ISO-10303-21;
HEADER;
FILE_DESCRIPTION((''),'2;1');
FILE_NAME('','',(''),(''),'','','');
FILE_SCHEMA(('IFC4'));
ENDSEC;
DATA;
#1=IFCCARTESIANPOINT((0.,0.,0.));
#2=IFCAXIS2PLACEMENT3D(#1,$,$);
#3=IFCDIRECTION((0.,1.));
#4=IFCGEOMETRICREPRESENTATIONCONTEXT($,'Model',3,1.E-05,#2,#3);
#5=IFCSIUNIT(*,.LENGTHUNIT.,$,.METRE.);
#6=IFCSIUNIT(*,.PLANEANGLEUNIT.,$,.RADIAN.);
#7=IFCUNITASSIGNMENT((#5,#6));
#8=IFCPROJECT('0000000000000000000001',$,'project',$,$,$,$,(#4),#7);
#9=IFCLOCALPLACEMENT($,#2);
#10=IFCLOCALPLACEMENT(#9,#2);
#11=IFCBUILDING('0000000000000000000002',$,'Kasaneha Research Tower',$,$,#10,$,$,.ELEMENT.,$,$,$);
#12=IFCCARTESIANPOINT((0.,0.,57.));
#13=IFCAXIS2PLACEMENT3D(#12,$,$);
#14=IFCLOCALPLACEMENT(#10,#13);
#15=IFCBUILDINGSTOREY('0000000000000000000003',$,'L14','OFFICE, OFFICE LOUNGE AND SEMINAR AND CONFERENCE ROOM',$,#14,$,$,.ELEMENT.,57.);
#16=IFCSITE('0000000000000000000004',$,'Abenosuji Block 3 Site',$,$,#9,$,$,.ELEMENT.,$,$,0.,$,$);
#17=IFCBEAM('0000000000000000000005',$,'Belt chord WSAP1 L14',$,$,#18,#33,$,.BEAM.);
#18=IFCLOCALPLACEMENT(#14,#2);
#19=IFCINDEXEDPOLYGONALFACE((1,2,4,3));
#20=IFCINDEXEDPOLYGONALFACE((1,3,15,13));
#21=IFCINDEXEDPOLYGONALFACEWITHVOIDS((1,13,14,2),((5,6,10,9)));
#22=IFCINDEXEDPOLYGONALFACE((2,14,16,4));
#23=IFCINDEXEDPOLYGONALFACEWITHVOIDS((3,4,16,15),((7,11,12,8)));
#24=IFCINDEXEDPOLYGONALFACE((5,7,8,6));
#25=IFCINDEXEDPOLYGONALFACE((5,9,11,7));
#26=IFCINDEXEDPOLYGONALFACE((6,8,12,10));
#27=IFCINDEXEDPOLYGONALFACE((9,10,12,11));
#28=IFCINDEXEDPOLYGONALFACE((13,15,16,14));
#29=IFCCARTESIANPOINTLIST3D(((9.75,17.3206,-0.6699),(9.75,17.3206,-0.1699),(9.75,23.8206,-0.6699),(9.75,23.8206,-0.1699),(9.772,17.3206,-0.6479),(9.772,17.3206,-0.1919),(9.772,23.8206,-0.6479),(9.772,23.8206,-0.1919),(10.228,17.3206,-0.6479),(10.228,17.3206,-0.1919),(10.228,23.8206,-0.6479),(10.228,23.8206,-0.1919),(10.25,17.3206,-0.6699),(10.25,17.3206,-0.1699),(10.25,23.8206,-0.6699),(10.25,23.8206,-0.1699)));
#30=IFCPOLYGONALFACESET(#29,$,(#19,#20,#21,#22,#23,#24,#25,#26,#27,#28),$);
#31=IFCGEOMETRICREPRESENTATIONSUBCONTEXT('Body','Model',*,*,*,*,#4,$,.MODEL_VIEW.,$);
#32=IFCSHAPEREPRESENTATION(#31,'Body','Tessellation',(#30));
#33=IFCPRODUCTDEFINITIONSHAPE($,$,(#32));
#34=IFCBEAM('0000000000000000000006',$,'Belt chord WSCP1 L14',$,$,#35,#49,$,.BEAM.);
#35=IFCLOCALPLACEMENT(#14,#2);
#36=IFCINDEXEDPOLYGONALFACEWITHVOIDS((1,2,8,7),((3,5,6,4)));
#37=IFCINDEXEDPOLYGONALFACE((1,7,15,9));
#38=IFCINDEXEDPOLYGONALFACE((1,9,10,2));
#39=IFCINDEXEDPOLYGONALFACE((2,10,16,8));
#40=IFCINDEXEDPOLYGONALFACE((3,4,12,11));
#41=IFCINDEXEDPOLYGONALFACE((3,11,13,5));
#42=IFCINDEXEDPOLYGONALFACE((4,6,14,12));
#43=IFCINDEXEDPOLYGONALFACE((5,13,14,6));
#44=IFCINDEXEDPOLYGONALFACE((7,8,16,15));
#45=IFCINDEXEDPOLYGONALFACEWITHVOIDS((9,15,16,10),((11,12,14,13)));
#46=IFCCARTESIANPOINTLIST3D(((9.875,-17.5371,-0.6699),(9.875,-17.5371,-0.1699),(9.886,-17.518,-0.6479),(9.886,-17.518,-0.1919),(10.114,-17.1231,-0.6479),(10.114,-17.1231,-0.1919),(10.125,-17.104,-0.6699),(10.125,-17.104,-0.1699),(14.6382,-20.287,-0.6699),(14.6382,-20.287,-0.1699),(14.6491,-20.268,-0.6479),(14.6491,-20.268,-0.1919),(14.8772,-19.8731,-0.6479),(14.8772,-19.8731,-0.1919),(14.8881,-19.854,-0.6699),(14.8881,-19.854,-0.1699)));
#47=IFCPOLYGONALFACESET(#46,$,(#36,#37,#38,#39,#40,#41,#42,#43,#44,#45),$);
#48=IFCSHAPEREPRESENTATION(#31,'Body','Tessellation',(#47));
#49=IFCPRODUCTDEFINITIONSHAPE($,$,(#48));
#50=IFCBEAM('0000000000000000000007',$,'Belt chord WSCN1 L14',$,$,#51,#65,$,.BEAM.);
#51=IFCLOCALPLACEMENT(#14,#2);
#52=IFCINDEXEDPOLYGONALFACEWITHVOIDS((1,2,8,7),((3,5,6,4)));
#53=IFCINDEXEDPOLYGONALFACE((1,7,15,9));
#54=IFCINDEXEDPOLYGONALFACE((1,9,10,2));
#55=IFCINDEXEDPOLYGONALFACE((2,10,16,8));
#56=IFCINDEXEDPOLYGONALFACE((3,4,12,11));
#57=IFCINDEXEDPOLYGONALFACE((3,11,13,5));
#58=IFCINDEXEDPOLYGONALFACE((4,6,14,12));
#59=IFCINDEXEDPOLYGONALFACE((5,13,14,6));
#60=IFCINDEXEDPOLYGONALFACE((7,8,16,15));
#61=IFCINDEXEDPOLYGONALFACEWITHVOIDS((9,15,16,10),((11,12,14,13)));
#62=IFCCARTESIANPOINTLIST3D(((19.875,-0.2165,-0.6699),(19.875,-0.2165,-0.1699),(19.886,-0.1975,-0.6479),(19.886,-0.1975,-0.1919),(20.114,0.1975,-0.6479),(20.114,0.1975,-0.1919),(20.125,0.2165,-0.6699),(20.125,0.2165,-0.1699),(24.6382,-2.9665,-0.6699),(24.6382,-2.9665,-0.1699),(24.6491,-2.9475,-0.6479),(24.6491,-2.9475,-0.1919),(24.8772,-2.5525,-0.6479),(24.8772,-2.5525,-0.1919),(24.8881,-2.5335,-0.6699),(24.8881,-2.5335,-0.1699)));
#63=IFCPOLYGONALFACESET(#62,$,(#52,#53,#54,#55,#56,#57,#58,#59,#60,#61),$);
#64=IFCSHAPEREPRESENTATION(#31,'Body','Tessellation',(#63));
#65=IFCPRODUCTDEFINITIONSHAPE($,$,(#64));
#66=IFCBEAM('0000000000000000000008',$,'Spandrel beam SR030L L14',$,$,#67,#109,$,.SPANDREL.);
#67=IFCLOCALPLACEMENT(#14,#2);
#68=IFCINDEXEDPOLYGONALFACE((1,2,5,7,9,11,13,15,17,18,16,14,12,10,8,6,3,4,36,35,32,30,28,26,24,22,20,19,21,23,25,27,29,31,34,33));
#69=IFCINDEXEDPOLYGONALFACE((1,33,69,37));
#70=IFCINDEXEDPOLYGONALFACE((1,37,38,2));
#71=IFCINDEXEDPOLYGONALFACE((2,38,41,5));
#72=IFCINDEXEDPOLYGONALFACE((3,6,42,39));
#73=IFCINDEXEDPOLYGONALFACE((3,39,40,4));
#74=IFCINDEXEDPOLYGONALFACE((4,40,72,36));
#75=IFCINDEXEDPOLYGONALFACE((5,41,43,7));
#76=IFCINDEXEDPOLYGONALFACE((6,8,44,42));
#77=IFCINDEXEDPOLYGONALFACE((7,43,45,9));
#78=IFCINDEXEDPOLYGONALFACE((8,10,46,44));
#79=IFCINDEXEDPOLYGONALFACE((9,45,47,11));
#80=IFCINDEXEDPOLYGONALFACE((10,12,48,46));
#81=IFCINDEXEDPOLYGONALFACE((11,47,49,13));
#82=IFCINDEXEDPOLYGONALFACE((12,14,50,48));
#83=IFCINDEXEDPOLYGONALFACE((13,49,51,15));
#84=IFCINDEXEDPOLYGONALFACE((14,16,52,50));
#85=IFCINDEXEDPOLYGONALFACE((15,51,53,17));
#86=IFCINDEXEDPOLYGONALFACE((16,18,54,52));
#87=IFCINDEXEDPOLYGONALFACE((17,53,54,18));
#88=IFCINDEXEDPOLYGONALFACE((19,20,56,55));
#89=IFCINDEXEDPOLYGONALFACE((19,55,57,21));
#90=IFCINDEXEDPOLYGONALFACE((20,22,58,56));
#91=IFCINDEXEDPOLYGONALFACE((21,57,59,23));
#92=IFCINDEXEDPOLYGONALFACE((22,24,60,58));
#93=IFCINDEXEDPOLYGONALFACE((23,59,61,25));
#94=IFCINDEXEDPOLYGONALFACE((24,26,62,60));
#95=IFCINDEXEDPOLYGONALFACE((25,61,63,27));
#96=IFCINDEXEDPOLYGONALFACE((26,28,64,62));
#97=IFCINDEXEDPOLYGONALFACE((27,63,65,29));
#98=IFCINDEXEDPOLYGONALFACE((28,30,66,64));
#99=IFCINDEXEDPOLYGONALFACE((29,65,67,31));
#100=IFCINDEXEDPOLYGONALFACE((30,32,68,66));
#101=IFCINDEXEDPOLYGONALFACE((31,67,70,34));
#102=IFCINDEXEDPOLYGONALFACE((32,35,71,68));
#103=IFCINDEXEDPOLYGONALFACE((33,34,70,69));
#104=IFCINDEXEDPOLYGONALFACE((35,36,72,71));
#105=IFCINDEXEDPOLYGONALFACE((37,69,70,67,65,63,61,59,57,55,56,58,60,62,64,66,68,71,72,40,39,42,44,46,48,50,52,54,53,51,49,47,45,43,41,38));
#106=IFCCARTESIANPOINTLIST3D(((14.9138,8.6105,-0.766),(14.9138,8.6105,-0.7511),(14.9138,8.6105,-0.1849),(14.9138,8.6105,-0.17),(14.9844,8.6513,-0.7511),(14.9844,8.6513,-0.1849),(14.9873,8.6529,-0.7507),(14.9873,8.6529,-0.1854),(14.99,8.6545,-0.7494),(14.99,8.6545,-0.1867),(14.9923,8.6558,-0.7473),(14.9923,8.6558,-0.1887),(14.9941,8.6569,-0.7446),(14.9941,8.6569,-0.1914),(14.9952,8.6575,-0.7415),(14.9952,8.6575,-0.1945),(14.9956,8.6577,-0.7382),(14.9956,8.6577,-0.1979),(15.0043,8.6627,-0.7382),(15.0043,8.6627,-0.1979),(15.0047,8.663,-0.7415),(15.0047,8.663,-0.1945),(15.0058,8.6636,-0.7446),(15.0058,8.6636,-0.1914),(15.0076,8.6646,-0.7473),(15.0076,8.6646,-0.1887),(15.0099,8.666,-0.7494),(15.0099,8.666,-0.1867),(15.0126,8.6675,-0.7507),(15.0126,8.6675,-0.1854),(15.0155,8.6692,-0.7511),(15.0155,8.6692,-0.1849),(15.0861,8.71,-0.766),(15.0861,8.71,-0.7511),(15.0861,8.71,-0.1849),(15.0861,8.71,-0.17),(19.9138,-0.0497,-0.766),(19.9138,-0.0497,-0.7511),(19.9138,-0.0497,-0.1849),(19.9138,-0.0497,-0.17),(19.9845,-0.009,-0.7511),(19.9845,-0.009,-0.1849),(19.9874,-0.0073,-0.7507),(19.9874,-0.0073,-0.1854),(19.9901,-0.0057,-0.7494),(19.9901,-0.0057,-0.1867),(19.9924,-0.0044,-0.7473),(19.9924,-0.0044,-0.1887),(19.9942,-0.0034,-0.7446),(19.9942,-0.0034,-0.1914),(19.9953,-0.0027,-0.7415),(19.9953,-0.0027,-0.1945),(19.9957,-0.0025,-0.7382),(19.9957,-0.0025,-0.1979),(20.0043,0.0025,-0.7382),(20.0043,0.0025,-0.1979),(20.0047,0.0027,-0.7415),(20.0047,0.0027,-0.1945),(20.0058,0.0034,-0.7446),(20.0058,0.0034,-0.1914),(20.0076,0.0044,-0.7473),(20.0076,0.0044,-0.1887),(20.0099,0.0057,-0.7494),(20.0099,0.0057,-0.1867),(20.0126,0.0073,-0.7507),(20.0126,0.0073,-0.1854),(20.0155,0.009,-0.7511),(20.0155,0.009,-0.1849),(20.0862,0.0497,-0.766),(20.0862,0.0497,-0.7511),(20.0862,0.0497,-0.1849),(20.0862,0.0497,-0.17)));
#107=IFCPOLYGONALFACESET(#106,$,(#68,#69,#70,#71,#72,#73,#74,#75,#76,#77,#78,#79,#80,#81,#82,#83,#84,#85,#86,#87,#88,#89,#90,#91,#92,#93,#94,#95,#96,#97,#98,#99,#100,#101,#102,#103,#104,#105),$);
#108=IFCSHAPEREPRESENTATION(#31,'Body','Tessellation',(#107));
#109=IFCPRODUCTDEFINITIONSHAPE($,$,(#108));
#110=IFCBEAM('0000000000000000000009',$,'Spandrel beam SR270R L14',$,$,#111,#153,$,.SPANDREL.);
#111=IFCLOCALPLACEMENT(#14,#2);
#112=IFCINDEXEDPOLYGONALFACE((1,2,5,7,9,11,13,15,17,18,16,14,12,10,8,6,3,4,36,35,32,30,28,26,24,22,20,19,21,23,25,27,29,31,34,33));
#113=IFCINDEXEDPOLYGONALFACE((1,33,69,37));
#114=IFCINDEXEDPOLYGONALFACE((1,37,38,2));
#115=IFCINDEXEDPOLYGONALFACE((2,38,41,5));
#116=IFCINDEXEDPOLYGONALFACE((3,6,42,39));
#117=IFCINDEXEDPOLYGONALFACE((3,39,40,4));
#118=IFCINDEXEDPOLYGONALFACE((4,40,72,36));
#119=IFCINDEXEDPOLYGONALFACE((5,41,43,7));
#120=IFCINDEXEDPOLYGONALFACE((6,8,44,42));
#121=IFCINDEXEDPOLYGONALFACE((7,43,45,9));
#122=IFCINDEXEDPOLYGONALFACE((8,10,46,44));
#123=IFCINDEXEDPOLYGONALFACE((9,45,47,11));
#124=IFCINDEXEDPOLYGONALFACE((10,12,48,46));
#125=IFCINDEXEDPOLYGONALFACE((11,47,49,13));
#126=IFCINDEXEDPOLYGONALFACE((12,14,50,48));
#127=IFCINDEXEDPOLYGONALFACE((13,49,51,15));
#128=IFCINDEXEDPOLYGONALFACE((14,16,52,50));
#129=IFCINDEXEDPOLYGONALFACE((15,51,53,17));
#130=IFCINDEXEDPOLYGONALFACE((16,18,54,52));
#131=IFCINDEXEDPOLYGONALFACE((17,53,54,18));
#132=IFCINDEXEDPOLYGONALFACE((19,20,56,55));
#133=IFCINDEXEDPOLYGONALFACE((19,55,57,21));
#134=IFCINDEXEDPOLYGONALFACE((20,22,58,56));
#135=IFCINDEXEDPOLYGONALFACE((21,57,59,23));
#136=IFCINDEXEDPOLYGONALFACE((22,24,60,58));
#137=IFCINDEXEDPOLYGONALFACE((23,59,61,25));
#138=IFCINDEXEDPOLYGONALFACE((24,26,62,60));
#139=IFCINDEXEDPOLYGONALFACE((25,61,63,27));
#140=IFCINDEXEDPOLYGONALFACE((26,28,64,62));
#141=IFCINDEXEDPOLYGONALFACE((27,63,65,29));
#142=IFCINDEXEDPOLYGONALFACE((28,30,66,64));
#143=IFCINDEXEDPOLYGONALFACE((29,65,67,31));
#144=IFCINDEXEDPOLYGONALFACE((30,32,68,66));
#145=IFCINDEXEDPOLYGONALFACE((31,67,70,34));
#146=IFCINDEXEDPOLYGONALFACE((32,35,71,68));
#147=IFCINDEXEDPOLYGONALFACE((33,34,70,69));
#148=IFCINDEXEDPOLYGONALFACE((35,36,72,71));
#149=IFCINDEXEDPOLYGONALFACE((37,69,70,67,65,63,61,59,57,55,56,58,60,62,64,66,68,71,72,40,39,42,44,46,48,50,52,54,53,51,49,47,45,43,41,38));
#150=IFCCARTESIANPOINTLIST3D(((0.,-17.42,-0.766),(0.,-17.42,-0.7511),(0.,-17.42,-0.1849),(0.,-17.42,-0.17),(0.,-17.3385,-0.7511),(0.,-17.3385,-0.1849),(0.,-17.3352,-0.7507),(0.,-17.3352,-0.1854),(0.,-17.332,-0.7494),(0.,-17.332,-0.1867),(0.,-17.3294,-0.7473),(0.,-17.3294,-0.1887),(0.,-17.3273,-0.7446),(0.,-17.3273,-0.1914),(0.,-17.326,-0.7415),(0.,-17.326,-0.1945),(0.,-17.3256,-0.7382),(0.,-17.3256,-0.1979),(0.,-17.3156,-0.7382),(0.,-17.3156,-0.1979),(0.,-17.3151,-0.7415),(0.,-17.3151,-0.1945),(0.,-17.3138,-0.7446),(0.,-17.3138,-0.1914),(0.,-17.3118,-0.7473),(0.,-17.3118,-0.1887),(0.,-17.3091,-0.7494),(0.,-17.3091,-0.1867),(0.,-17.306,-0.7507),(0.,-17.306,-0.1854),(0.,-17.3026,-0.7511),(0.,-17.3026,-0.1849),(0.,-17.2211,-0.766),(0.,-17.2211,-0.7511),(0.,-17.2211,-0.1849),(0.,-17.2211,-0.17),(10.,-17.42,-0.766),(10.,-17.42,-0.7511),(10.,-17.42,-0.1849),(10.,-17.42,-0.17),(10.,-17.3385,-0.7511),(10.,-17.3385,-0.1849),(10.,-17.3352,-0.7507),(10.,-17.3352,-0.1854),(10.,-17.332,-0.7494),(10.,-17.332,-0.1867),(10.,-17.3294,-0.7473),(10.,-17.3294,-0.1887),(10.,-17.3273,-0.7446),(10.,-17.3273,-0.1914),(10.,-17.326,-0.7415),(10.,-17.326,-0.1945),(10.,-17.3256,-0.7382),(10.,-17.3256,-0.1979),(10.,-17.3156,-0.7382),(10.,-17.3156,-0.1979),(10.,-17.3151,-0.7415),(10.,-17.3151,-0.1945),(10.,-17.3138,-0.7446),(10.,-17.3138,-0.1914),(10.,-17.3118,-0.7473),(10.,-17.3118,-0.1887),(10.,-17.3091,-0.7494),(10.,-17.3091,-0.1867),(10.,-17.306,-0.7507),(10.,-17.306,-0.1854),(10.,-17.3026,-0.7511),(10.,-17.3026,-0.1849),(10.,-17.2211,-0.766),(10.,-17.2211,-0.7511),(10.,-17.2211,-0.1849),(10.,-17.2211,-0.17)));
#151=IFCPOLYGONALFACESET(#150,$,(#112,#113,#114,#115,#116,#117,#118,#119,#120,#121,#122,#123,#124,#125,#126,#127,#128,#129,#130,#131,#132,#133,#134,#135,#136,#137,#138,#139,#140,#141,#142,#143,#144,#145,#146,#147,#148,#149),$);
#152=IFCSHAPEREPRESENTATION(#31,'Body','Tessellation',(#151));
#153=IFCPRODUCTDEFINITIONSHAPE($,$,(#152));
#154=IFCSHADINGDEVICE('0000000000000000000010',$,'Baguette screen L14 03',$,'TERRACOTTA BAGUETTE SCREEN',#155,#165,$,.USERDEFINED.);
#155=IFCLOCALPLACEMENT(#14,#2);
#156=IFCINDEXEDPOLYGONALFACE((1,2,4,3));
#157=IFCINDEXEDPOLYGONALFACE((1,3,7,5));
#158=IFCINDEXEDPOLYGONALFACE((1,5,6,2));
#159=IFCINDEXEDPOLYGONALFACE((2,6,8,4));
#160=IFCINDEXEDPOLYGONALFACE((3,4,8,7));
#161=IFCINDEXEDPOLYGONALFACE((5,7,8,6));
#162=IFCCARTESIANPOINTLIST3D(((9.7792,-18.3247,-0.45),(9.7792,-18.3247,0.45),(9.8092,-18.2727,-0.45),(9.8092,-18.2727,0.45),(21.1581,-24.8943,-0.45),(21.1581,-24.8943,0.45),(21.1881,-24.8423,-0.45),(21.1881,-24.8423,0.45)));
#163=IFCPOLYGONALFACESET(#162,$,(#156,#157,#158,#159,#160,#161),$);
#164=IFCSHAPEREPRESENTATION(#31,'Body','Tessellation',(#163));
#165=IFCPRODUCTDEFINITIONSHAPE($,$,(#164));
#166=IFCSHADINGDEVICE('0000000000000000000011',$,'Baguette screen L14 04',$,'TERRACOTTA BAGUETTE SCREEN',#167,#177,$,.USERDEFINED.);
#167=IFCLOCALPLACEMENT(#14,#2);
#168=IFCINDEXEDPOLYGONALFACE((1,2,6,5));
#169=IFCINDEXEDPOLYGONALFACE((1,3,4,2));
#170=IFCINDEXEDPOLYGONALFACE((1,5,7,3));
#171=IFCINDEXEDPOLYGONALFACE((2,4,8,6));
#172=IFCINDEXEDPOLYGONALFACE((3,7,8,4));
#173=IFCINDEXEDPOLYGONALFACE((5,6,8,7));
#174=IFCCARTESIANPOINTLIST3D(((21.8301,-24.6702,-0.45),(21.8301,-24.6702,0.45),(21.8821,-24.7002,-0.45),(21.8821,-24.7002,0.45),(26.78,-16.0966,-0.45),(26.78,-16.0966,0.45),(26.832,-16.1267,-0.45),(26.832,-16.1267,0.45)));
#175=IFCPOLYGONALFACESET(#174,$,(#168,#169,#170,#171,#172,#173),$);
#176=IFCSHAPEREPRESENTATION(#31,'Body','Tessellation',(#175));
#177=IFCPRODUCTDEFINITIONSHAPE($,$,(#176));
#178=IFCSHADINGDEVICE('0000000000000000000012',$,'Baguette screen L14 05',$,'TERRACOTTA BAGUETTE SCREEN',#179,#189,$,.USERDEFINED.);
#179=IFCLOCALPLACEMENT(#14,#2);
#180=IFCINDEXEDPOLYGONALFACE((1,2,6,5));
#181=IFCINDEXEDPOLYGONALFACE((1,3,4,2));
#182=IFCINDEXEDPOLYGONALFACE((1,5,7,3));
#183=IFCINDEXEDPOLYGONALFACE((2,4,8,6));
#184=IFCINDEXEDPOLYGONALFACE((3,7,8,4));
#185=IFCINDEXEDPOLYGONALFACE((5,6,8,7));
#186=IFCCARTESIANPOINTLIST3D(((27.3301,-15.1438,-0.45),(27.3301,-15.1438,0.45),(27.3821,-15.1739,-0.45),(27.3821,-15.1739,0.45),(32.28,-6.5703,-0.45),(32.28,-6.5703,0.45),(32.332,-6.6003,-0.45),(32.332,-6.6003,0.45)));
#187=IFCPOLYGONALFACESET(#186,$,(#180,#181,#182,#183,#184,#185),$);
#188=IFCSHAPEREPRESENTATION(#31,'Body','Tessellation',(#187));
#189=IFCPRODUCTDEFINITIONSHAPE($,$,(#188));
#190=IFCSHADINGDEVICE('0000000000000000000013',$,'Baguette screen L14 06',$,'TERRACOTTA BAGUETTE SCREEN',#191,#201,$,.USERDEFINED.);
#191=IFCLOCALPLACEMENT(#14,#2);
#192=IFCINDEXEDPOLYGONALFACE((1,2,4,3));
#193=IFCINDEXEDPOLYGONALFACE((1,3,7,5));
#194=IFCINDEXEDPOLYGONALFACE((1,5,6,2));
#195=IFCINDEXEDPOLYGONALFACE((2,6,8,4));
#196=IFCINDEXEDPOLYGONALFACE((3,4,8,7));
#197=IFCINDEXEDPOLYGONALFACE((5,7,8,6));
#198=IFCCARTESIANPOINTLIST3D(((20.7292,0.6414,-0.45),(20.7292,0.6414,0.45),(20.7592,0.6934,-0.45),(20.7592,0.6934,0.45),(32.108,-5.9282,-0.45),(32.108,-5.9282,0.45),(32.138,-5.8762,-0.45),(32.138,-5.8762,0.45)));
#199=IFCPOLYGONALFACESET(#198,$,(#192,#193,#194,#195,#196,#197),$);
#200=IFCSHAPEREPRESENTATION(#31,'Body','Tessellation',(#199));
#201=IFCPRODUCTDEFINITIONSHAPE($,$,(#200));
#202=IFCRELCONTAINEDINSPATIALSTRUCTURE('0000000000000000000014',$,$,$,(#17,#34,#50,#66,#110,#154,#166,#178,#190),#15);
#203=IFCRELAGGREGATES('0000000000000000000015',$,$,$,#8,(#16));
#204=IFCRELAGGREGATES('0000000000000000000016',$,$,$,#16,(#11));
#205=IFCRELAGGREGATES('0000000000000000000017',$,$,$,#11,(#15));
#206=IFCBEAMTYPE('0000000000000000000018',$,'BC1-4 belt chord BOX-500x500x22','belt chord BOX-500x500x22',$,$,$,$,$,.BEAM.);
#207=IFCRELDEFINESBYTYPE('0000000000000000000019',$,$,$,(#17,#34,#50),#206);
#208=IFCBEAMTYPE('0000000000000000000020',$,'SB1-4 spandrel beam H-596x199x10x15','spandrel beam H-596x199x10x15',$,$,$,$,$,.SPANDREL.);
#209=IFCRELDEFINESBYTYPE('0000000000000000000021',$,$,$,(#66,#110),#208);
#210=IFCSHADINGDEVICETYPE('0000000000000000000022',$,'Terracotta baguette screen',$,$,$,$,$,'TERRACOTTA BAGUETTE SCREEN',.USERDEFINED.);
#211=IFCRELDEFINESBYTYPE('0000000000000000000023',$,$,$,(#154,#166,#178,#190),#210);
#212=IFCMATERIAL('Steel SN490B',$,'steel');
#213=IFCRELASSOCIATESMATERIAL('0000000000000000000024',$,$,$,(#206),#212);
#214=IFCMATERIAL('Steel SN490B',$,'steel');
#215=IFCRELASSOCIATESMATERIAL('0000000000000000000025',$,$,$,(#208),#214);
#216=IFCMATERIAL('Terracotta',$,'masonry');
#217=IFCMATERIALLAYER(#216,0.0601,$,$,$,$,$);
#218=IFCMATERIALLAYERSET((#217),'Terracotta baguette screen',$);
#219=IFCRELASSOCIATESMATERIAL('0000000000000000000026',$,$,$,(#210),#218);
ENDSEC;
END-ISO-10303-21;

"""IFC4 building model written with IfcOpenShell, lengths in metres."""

from ifc_helpers import new_model, si_unit, direction, frame, origin, origin_2d, place, context, subcontext, project, spatial, rectangle, hollow_rectangle, i_section, extrude, material, layer, layer_set, material_profile, profile_set, type_object, element, save


model = new_model("IFC4")

# Units and contexts
model_context = context("Model", 3, precision=1e-05, world=origin(), true_north=direction((0.0, 1.0)))
body_context = subcontext(model_context, "Body", "Model", "MODEL_VIEW")
ifc_project = project(units=[si_unit("LENGTHUNIT", "METRE"), si_unit("PLANEANGLEUNIT", "RADIAN")], contexts=[model_context])

# Site, building, storey
site_placement = place(None, origin())
site = spatial("IfcSite", under=ifc_project, at=site_placement, Name="Abenosuji Block 3 Site", CompositionType="ELEMENT", RefElevation=0.0)
building_placement = place(site_placement, origin())
building = spatial("IfcBuilding", under=site, at=building_placement, Name="Kasaneha Research Tower", CompositionType="ELEMENT")
storey_placement = place(building_placement, frame((0.0, 0.0, 57.0)))
storey = spatial("IfcBuildingStorey", under=building, at=storey_placement, Name="L14", Description="OFFICE, OFFICE LOUNGE AND SEMINAR AND CONFERENCE ROOM", CompositionType="ELEMENT", Elevation=57.0)

# Beams
ifc_material_1 = material(Name="Steel SN490B", Category="steel")
ifc_material_profile_1 = material_profile(ifc_material_1, hollow_rectangle(XDim=0.5, YDim=0.5, WallThickness=0.022, at=origin_2d()), Name="BOX-500x500x22")
ifc_profile_set_1 = profile_set([ifc_material_profile_1], Name="Steel SN490B")
beam_type_1 = type_object("IfcBeamType", Name="BC1-4 belt chord BOX-500x500x22", Description="belt chord BOX-500x500x22", PredefinedType="BEAM", material=ifc_profile_set_1)
beam_1_placement = place(storey_placement, frame((10.0, 17.3206, -0.4199), z_axis=(0.0, 1.0, 0.0), x_axis=(-1.0, 0.0, 0.0)))
element("IfcBeam", 1, at=beam_1_placement, inside=storey, type_object=beam_type_1, Name="Belt chord WSAP1 L14", PredefinedType="BEAM", context=body_context, shape_type="SweptSolid", body=[
    extrude(hollow_rectangle(XDim=0.5, YDim=0.5, WallThickness=0.022, at=origin_2d()), origin(), (0.0, 0.0, 1.0), 6.5),
])
for number, where, z_axis, x_axis, name in (
    (2, (10.0, -17.3206, -0.4199), (0.866027, -0.499997, 0.0), (0.499997, 0.866027, 0.0), "Belt chord WSCP1 L14"),
    (3, (20.0, 0.0, -0.4199), (0.866027, -0.499997, 0.0), (0.499997, 0.866027, 0.0), "Belt chord WSCN1 L14"),
):
    element("IfcBeam", number, at=place(storey_placement, frame(where, z_axis=z_axis, x_axis=x_axis)), inside=storey, type_object=beam_type_1, Name=name, PredefinedType="BEAM", context=body_context, shape_type="SweptSolid", body=[
        extrude(hollow_rectangle(XDim=0.5, YDim=0.5, WallThickness=0.022, at=origin_2d()), origin(), (0.0, 0.0, 1.0), 5.5),
    ])
ifc_material_2 = material(Name="Steel SN490B", Category="steel")
ifc_material_profile_2 = material_profile(ifc_material_2, i_section(OverallWidth=0.199, OverallDepth=0.5959, WebThickness=0.01, FlangeThickness=0.0149, FilletRadius=0.0129, at=origin_2d()), Name="H-596x199x10x15")
ifc_profile_set_2 = profile_set([ifc_material_profile_2], Name="Steel SN490B")
beam_type_2 = type_object("IfcBeamType", Name="SB1-4 spandrel beam H-596x199x10x15", Description="spandrel beam H-596x199x10x15", PredefinedType="SPANDREL", material=ifc_profile_set_2)
for number, where, z_axis, x_axis, name in (
    (4, (20.0, 0.0, -0.468), (-0.500004, 0.866023, 0.0), (-0.866023, -0.500004, 0.0), "Spandrel beam SR030L L14"),
    (5, (10.0, -17.3206, -0.468), (-1.0, 0.0, 0.0), (0.0, -1.0, 0.0), "Spandrel beam SR270R L14"),
):
    element("IfcBeam", number, at=place(storey_placement, frame(where, z_axis=z_axis, x_axis=x_axis)), inside=storey, type_object=beam_type_2, Name=name, PredefinedType="SPANDREL", context=body_context, shape_type="SweptSolid", body=[
        extrude(i_section(OverallWidth=0.199, OverallDepth=0.5959, WebThickness=0.01, FlangeThickness=0.0149, FilletRadius=0.0129, at=origin_2d()), origin(), (0.0, 0.0, 1.0), 10.0),
    ])

# Shading devices
ifc_material_3 = material(Name="Terracotta", Category="masonry")
ifc_layer = layer(ifc_material_3, 0.0601)
ifc_layer_set = layer_set([ifc_layer], Name="Terracotta baguette screen")
shading_device_type = type_object("IfcShadingDeviceType", Name="Terracotta baguette screen", ElementType="TERRACOTTA BAGUETTE SCREEN", PredefinedType="USERDEFINED", material=ifc_layer_set)
shading_device_1_placement = place(storey_placement, frame((15.4836, -21.5835, -0.45), z_axis=(0.0, 0.0, 1.0), x_axis=(0.866025, -0.5, 0.0)))
element("IfcShadingDevice", 6, at=shading_device_1_placement, inside=storey, type_object=shading_device_type, Name="Baguette screen L14 03", ObjectType="TERRACOTTA BAGUETTE SCREEN", PredefinedType="USERDEFINED", context=body_context, shape_type="SweptSolid", body=[
    extrude(rectangle(XDim=13.1392, YDim=0.0601, at=origin_2d()), origin(), (0.0, 0.0, 1.0), 0.8999),
])
for number, where, z_axis, x_axis, name in (
    (7, (24.3311, -20.3984, -0.45), (0.0, 0.0, 1.0), (0.5, 0.866025, 0.0), "Baguette screen L14 04"),
    (8, (29.8311, -10.8721, -0.45), (0.0, 0.0, 1.0), (0.5, 0.866025, 0.0), "Baguette screen L14 05"),
):
    element("IfcShadingDevice", number, at=place(storey_placement, frame(where, z_axis=z_axis, x_axis=x_axis)), inside=storey, type_object=shading_device_type, Name=name, ObjectType="TERRACOTTA BAGUETTE SCREEN", PredefinedType="USERDEFINED", context=body_context, shape_type="SweptSolid", body=[
        extrude(rectangle(XDim=9.8999, YDim=0.0601, at=origin_2d()), origin(), (0.0, 0.0, 1.0), 0.8999),
    ])
shading_device_2_placement = place(storey_placement, frame((26.4336, -2.6174, -0.45), z_axis=(0.0, 0.0, 1.0), x_axis=(-0.866025, 0.5, 0.0)))
element("IfcShadingDevice", 9, at=shading_device_2_placement, inside=storey, type_object=shading_device_type, Name="Baguette screen L14 06", ObjectType="TERRACOTTA BAGUETTE SCREEN", PredefinedType="USERDEFINED", context=body_context, shape_type="SweptSolid", body=[
    extrude(rectangle(XDim=13.1392, YDim=0.0601, at=origin_2d()), origin(), (0.0, 0.0, 1.0), 0.8999),
])

save(model, "model.ifc")
